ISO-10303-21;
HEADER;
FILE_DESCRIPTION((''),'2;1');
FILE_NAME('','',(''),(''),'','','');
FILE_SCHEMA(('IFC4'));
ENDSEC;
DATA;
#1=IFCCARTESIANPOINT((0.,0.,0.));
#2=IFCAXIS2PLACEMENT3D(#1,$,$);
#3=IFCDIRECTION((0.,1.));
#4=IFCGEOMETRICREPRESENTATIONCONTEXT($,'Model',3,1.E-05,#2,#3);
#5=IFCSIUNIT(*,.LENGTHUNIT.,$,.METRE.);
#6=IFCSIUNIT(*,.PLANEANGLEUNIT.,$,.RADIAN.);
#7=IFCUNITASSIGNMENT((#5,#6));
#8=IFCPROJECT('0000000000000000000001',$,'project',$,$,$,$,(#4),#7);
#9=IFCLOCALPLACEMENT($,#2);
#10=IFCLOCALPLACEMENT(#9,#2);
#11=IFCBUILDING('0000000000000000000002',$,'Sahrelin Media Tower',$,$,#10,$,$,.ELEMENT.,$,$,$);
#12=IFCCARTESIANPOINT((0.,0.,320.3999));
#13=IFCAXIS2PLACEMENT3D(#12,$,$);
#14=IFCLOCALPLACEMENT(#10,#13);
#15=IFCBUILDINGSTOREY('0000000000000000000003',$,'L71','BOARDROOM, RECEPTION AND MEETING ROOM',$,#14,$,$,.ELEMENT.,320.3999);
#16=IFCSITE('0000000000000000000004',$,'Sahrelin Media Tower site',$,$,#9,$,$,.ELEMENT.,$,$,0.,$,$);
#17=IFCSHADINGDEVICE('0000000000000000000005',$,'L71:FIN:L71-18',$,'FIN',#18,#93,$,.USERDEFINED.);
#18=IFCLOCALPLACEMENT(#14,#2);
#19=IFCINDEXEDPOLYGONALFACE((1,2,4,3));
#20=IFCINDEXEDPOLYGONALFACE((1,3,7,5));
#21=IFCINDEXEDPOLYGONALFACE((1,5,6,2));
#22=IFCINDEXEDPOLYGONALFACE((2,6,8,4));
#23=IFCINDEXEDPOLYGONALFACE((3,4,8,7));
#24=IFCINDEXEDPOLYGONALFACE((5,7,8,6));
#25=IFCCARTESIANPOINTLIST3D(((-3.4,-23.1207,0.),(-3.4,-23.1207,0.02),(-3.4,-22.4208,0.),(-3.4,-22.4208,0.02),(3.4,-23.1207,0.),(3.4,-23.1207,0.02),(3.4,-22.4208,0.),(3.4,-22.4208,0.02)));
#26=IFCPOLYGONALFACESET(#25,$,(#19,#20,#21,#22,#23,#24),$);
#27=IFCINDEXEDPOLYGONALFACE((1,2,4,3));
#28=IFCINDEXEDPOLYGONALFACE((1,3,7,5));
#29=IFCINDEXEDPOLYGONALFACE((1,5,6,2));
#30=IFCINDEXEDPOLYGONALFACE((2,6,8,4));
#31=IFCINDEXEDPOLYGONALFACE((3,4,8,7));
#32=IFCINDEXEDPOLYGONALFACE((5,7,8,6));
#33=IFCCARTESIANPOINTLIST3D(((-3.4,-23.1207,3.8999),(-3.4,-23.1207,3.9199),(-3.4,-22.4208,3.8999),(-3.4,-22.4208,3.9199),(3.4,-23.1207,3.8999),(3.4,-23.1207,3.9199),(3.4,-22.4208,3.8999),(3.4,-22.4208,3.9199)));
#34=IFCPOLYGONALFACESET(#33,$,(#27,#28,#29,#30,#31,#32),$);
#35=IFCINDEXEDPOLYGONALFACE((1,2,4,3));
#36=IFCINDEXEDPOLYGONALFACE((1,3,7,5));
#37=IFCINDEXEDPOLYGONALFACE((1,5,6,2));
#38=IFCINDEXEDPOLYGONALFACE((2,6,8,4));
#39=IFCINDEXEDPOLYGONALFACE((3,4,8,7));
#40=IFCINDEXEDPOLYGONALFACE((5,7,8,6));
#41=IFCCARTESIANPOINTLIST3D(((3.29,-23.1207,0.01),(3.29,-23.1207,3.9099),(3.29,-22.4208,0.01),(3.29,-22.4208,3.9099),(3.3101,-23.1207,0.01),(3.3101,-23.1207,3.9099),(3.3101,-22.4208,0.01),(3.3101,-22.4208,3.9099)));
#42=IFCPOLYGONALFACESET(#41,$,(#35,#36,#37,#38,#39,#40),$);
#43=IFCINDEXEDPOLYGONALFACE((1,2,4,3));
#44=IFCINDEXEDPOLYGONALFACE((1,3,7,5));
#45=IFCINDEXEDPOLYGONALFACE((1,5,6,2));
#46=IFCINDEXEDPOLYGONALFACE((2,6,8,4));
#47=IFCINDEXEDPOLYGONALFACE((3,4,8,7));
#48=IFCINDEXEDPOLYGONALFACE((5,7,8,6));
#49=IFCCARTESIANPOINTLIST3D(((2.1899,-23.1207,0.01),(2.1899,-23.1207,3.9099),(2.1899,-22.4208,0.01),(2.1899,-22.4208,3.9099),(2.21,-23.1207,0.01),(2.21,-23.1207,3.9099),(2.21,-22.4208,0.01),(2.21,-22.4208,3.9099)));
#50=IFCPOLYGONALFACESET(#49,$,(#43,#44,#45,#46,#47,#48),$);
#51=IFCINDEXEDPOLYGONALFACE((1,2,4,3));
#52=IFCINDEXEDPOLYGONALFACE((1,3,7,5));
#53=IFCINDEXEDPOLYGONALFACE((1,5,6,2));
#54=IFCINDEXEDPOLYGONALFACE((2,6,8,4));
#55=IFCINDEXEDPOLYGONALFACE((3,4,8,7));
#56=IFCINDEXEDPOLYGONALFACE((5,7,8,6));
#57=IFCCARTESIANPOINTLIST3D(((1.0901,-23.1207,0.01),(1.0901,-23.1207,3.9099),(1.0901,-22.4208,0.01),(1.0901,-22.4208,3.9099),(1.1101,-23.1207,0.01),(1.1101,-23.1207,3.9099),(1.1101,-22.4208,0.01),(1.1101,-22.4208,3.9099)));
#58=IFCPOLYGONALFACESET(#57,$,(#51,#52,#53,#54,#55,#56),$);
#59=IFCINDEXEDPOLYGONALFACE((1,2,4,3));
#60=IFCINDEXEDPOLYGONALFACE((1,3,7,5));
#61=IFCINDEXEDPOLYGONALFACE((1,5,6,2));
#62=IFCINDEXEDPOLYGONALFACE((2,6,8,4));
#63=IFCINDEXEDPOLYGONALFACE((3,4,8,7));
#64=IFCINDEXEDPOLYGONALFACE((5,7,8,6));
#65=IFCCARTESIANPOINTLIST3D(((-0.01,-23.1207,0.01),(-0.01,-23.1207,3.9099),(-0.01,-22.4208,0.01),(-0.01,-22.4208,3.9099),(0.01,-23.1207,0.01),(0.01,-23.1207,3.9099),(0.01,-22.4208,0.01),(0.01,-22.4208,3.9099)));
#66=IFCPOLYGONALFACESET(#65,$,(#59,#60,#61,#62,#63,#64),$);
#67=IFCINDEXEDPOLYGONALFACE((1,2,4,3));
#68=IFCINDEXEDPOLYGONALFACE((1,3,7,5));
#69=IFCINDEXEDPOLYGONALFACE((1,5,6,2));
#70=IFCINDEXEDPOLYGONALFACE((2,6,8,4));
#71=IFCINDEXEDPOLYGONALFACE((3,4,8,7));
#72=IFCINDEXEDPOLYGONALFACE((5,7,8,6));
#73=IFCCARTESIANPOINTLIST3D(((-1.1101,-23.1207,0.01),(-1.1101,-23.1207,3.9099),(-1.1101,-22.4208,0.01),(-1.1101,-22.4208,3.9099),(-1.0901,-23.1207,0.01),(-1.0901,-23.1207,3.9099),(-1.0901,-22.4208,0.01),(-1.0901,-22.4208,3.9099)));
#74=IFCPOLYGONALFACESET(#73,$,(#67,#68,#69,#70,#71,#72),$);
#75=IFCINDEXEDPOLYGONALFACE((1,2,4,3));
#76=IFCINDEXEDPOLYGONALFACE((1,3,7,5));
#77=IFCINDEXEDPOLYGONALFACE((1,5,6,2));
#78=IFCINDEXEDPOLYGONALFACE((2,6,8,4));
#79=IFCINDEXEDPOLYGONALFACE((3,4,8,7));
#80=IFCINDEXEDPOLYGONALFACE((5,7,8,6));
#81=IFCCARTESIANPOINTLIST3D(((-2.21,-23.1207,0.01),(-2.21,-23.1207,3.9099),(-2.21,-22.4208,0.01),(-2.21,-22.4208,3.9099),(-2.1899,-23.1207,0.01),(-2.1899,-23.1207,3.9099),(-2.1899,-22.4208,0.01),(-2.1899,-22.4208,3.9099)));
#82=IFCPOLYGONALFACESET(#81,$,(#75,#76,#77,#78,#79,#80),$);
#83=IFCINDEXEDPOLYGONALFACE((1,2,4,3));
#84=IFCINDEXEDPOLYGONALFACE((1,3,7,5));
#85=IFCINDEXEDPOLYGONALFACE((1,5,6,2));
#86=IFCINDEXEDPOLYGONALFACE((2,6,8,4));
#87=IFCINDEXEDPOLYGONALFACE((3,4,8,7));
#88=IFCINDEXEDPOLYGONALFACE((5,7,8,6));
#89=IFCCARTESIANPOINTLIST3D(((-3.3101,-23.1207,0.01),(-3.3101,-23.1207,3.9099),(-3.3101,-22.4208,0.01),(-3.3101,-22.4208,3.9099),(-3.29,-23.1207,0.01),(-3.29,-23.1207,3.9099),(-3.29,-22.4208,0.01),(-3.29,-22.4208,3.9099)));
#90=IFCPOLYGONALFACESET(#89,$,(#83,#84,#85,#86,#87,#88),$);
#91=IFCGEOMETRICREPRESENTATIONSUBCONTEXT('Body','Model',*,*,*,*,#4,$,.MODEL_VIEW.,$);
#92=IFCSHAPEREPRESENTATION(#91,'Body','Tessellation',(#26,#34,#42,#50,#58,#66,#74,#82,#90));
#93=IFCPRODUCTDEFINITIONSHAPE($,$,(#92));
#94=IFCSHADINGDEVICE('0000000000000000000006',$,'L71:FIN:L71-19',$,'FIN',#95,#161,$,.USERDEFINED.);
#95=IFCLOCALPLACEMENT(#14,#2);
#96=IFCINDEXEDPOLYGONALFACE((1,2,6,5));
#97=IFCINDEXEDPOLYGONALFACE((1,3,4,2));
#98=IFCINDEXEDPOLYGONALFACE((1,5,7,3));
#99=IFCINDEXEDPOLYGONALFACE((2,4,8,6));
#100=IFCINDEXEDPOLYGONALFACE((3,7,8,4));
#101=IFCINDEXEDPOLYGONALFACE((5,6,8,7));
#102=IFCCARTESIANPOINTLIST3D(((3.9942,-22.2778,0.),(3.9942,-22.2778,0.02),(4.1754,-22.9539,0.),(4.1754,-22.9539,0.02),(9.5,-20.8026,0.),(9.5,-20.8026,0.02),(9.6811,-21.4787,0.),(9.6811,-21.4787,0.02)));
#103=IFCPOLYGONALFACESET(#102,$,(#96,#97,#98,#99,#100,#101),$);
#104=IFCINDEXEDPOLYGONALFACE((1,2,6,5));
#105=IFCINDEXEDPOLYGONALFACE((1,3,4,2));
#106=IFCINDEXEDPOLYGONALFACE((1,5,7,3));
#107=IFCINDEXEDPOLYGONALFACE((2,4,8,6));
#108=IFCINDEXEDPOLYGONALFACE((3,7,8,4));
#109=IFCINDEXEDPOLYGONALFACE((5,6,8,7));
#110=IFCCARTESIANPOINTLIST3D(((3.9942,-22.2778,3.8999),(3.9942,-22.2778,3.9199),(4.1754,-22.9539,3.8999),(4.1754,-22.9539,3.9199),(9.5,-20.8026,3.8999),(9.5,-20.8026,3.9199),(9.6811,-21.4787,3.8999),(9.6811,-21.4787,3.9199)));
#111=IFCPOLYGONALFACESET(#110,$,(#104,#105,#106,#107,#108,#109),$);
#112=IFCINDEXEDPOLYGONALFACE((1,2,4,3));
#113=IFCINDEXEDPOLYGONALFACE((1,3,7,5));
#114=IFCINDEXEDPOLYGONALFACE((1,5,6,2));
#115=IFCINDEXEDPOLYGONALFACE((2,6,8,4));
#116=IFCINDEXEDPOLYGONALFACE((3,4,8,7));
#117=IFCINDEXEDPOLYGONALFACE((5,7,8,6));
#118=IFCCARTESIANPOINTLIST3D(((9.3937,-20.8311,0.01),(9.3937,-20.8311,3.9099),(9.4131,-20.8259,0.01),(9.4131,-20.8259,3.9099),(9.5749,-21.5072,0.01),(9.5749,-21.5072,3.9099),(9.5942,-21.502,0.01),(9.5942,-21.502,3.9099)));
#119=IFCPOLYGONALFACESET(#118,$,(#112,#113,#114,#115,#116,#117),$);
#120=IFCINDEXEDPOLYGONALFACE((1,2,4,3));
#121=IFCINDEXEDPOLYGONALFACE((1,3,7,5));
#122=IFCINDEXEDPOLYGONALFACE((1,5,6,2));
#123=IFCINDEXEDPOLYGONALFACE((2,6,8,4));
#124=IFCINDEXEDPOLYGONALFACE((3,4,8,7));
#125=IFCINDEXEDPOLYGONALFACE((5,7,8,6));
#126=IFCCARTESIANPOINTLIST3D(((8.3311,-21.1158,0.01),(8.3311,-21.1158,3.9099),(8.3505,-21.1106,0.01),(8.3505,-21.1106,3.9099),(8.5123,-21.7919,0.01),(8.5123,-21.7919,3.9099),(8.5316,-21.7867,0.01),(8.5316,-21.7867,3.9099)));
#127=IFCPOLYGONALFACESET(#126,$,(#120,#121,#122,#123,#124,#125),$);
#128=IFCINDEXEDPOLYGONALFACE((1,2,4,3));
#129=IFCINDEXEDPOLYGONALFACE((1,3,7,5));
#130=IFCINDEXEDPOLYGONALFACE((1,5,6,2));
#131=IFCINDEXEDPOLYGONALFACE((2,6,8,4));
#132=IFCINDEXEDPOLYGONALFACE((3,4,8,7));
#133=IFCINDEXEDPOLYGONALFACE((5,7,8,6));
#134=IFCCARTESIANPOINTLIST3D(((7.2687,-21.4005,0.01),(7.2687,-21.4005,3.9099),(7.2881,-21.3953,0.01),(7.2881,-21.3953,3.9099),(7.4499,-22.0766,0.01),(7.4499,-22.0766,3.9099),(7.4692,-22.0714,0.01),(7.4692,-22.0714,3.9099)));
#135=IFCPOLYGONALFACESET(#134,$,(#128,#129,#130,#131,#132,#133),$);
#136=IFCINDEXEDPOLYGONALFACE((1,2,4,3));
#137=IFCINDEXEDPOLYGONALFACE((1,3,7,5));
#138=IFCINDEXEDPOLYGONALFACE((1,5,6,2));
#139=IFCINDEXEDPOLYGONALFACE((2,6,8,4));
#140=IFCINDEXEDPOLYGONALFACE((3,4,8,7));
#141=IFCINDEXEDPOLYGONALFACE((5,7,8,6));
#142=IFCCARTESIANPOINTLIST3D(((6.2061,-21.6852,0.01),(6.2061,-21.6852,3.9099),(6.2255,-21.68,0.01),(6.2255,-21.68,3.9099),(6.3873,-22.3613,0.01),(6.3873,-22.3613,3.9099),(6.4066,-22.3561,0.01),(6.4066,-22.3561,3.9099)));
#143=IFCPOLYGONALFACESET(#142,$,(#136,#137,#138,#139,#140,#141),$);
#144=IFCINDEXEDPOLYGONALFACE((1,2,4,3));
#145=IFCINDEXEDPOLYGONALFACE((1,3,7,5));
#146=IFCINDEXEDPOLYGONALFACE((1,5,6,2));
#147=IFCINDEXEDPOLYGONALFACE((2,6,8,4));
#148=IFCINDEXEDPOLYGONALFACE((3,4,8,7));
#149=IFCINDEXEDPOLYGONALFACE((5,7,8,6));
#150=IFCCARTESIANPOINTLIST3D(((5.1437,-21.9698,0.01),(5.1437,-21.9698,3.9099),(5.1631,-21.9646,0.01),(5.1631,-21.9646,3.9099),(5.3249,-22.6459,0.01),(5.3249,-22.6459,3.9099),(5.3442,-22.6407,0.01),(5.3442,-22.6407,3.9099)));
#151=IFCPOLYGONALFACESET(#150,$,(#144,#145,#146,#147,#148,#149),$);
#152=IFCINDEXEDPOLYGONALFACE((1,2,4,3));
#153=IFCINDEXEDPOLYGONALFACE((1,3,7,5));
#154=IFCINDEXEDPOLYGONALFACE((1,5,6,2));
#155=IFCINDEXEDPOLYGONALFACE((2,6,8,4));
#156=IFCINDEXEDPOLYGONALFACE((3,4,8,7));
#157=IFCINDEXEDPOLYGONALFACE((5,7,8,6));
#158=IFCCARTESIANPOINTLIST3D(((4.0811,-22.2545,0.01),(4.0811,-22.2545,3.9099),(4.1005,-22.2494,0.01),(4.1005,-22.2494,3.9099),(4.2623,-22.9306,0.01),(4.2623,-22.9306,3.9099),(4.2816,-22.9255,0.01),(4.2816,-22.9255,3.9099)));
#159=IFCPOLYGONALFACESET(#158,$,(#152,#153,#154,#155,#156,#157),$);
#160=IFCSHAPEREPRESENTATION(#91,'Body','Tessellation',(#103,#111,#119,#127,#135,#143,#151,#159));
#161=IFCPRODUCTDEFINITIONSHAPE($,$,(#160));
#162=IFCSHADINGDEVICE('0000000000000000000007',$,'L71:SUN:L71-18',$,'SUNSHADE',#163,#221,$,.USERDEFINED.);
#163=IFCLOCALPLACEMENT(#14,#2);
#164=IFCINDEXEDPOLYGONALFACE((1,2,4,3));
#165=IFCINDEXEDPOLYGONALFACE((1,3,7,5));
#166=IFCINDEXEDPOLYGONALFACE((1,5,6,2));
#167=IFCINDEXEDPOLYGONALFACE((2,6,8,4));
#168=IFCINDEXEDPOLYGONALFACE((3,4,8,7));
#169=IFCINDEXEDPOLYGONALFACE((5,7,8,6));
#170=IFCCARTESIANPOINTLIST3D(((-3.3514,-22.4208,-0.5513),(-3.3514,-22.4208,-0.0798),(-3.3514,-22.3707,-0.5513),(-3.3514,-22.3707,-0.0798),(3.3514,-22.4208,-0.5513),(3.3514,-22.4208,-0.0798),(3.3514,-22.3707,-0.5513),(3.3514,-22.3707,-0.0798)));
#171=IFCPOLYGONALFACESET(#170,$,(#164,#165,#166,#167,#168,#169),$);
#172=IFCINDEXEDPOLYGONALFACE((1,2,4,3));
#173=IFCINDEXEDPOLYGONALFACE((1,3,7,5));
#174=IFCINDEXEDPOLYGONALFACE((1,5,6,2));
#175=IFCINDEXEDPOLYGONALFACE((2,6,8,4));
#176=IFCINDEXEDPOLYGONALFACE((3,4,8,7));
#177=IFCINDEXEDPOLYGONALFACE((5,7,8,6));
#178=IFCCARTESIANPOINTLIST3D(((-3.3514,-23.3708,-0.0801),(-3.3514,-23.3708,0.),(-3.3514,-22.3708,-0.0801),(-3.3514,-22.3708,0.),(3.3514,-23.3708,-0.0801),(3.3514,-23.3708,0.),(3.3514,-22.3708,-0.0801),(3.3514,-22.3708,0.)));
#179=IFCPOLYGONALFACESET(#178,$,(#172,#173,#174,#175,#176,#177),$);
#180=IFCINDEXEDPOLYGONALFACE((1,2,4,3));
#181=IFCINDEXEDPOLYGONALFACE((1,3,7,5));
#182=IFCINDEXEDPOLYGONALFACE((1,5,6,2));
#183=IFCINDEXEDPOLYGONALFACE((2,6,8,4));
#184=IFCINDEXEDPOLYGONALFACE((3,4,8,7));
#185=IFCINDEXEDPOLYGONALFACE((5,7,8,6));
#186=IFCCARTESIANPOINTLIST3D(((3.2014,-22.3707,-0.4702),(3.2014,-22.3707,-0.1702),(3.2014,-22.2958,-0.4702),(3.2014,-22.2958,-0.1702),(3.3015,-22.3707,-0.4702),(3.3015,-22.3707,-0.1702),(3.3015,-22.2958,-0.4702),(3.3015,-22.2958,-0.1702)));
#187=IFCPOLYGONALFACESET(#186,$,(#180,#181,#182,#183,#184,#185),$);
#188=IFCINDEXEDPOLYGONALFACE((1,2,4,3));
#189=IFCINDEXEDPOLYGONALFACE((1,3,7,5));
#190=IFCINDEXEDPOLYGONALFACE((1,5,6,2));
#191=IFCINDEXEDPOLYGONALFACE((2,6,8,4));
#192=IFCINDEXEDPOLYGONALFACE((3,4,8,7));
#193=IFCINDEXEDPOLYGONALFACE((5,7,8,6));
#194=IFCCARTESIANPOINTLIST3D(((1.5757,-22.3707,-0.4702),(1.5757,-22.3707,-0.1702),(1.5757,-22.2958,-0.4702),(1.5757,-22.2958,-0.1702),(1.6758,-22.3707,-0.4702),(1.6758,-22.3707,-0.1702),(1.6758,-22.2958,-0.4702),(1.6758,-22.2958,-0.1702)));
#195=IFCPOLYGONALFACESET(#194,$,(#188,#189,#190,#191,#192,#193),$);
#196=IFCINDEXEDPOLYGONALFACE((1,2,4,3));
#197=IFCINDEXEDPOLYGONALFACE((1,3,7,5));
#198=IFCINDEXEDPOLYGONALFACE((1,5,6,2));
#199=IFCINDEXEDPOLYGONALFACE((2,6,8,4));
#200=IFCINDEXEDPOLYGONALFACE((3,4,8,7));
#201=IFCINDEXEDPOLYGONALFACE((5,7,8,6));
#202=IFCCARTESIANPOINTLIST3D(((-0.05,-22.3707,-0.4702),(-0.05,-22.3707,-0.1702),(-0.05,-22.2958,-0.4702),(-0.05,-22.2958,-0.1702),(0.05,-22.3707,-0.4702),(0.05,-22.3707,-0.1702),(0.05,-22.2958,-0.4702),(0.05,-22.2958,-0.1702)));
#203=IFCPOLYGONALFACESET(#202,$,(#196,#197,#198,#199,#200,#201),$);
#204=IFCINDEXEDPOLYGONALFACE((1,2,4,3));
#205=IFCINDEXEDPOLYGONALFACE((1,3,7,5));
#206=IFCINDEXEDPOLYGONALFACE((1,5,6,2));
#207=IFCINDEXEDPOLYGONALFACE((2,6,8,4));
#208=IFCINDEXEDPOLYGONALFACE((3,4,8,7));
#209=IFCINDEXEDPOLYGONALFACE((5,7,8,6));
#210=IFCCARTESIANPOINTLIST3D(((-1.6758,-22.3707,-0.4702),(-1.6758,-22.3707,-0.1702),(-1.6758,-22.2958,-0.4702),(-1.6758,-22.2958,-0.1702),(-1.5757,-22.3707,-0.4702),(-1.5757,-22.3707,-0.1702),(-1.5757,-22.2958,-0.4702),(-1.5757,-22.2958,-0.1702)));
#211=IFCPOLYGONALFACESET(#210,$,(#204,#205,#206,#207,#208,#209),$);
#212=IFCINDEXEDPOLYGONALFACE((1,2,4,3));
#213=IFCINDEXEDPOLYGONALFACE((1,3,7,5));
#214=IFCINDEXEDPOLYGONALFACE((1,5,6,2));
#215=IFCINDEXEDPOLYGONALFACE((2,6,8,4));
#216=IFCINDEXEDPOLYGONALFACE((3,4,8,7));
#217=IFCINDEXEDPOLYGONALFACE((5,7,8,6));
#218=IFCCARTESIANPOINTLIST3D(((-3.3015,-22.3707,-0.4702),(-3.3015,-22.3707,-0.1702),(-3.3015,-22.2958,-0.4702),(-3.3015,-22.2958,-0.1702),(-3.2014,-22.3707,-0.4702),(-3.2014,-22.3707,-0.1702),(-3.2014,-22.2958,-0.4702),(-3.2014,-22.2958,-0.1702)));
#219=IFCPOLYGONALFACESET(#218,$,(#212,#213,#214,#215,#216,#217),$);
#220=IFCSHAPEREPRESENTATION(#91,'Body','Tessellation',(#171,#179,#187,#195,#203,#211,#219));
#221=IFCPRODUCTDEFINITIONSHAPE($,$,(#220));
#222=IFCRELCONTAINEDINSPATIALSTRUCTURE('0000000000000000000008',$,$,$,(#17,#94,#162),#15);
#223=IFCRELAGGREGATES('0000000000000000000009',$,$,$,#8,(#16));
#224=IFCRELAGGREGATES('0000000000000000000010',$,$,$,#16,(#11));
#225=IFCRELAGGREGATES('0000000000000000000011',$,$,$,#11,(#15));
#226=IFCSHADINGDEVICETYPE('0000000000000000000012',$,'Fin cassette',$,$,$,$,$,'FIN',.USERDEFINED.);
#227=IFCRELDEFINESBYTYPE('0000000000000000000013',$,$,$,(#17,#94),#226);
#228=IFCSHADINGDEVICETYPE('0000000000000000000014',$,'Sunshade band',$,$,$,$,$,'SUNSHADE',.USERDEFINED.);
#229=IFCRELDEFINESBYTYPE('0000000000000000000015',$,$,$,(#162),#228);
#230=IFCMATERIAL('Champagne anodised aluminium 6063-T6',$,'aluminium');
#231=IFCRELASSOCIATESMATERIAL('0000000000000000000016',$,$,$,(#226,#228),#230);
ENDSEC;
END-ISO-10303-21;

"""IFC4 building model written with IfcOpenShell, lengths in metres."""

from ifc_helpers import new_model, si_unit, direction, frame, origin, origin_2d, place, context, subcontext, project, spatial, rectangle, extrude, material, type_object, element, save


model = new_model("IFC4")

# Units and contexts
model_context = context("Model", 3, precision=1e-05, world=origin(), true_north=direction((0.0, 1.0)))
body_context = subcontext(model_context, "Body", "Model", "MODEL_VIEW")
ifc_project = project(units=[si_unit("LENGTHUNIT", "METRE"), si_unit("PLANEANGLEUNIT", "RADIAN")], contexts=[model_context])

# Site, building, storey
site_placement = place(None, origin())
site = spatial("IfcSite", under=ifc_project, at=site_placement, Name="Sahrelin Media Tower site", CompositionType="ELEMENT", RefElevation=0.0)
building_placement = place(site_placement, origin())
building = spatial("IfcBuilding", under=site, at=building_placement, Name="Sahrelin Media Tower", CompositionType="ELEMENT")
storey_placement = place(building_placement, frame((0.0, 0.0, 320.3999)))
storey = spatial("IfcBuildingStorey", under=building, at=storey_placement, Name="L71", Description="BOARDROOM, RECEPTION AND MEETING ROOM", CompositionType="ELEMENT", Elevation=320.3999)

# Shared definitions
ifc_material_1 = material(Name="Champagne anodised aluminium 6063-T6", Category="aluminium")

# Shading devices
shading_device_type_1 = type_object("IfcShadingDeviceType", Name="Fin cassette", ElementType="FIN", PredefinedType="USERDEFINED", material=ifc_material_1)
placement_1 = place(storey_placement, frame((0.0, -22.3508, 0.0), z_axis=(0.0, 0.0, 1.0), x_axis=(-1.0, 0.0, 0.0)))
element("IfcShadingDevice", 1, at=placement_1, inside=storey, type_object=shading_device_type_1, Name="L71:FIN:L71-18", ObjectType="FIN", PredefinedType="USERDEFINED", context=body_context, shape_type="SweptSolid", body=[
    extrude(rectangle(XDim=6.8, YDim=0.7, at=origin_2d()), frame((0.0, 0.4199, 0.0)), (0.0, 0.0, 1.0), 0.02),
    extrude(rectangle(XDim=6.8, YDim=0.7, at=origin_2d()), frame((0.0, 0.4199, 3.8999)), (0.0, 0.0, 1.0), 0.02),
    extrude(rectangle(XDim=0.02, YDim=0.7, at=origin_2d()), frame((-3.3, 0.4199, 0.01), z_axis=(0.0, 0.0, 1.0), x_axis=(1.0, 0.0, 0.0)), (0.0, 0.0, 1.0), 3.8999),
    extrude(rectangle(XDim=0.02, YDim=0.7, at=origin_2d()), frame((-2.2, 0.4199, 0.01), z_axis=(0.0, 0.0, 1.0), x_axis=(1.0, 0.0, 0.0)), (0.0, 0.0, 1.0), 3.8999),
    extrude(rectangle(XDim=0.02, YDim=0.7, at=origin_2d()), frame((-1.1001, 0.4199, 0.01), z_axis=(0.0, 0.0, 1.0), x_axis=(1.0, 0.0, 0.0)), (0.0, 0.0, 1.0), 3.8999),
    extrude(rectangle(XDim=0.02, YDim=0.7, at=origin_2d()), frame((0.0, 0.4199, 0.01), z_axis=(0.0, 0.0, 1.0), x_axis=(1.0, 0.0, 0.0)), (0.0, 0.0, 1.0), 3.8999),
    extrude(rectangle(XDim=0.02, YDim=0.7, at=origin_2d()), frame((1.1001, 0.4199, 0.01), z_axis=(0.0, 0.0, 1.0), x_axis=(1.0, 0.0, 0.0)), (0.0, 0.0, 1.0), 3.8999),
    extrude(rectangle(XDim=0.02, YDim=0.7, at=origin_2d()), frame((2.2, 0.4199, 0.01), z_axis=(0.0, 0.0, 1.0), x_axis=(1.0, 0.0, 0.0)), (0.0, 0.0, 1.0), 3.8999),
    extrude(rectangle(XDim=0.02, YDim=0.7, at=origin_2d()), frame((3.3, 0.4199, 0.01), z_axis=(0.0, 0.0, 1.0), x_axis=(1.0, 0.0, 0.0)), (0.0, 0.0, 1.0), 3.8999),
])
placement_2 = place(storey_placement, frame((6.729, -21.4727, 0.0), z_axis=(0.0, 0.0, 1.0), x_axis=(-0.965929, -0.258808, 0.0)))
element("IfcShadingDevice", 2, at=placement_2, inside=storey, type_object=shading_device_type_1, Name="L71:FIN:L71-19", ObjectType="FIN", PredefinedType="USERDEFINED", context=body_context, shape_type="SweptSolid", body=[
    extrude(rectangle(XDim=5.7, YDim=0.7, at=origin_2d()), frame((0.0, 0.4199, 0.0)), (0.0, 0.0, 1.0), 0.02),
    extrude(rectangle(XDim=5.7, YDim=0.7, at=origin_2d()), frame((0.0, 0.4199, 3.8999)), (0.0, 0.0, 1.0), 0.02),
    extrude(rectangle(XDim=0.02, YDim=0.7, at=origin_2d()), frame((-2.75, 0.4199, 0.01), z_axis=(0.0, 0.0, 1.0), x_axis=(1.0, 0.0, 0.0)), (0.0, 0.0, 1.0), 3.8999),
    extrude(rectangle(XDim=0.02, YDim=0.7, at=origin_2d()), frame((-1.6499, 0.4199, 0.01), z_axis=(0.0, 0.0, 1.0), x_axis=(1.0, 0.0, 0.0)), (0.0, 0.0, 1.0), 3.8999),
    extrude(rectangle(XDim=0.02, YDim=0.7, at=origin_2d()), frame((-0.55, 0.4199, 0.01), z_axis=(0.0, 0.0, 1.0), x_axis=(1.0, 0.0, 0.0)), (0.0, 0.0, 1.0), 3.8999),
    extrude(rectangle(XDim=0.02, YDim=0.7, at=origin_2d()), frame((0.55, 0.4199, 0.01), z_axis=(0.0, 0.0, 1.0), x_axis=(1.0, 0.0, 0.0)), (0.0, 0.0, 1.0), 3.8999),
    extrude(rectangle(XDim=0.02, YDim=0.7, at=origin_2d()), frame((1.6499, 0.4199, 0.01), z_axis=(0.0, 0.0, 1.0), x_axis=(1.0, 0.0, 0.0)), (0.0, 0.0, 1.0), 3.8999),
    extrude(rectangle(XDim=0.02, YDim=0.7, at=origin_2d()), frame((2.75, 0.4199, 0.01), z_axis=(0.0, 0.0, 1.0), x_axis=(1.0, 0.0, 0.0)), (0.0, 0.0, 1.0), 3.8999),
])
shading_device_type_2 = type_object("IfcShadingDeviceType", Name="Sunshade band", ElementType="SUNSHADE", PredefinedType="USERDEFINED", material=ifc_material_1)
element("IfcShadingDevice", 3, at=placement_1, inside=storey, type_object=shading_device_type_2, Name="L71:SUN:L71-18", ObjectType="SUNSHADE", PredefinedType="USERDEFINED", context=body_context, shape_type="SweptSolid", body=[
    extrude(rectangle(XDim=6.7029, YDim=0.05, at=origin_2d()), frame((0.0, 0.0449, -0.5513)), (0.0, 0.0, 1.0), 0.4714),
    extrude(rectangle(XDim=6.7029, YDim=1.0, at=origin_2d()), frame((0.0, 0.52, -0.0801)), (0.0, 0.0, 1.0), 0.0801),
    extrude(rectangle(XDim=0.1001, YDim=0.075, at=origin_2d()), frame((-3.2515, -0.0176, -0.4702)), (0.0, 0.0, 1.0), 0.3),
    extrude(rectangle(XDim=0.1001, YDim=0.075, at=origin_2d()), frame((-1.6257, -0.0176, -0.4702)), (0.0, 0.0, 1.0), 0.3),
    extrude(rectangle(XDim=0.1001, YDim=0.075, at=origin_2d()), frame((0.0, -0.0176, -0.4702)), (0.0, 0.0, 1.0), 0.3),
    extrude(rectangle(XDim=0.1001, YDim=0.075, at=origin_2d()), frame((1.6257, -0.0176, -0.4702)), (0.0, 0.0, 1.0), 0.3),
    extrude(rectangle(XDim=0.1001, YDim=0.075, at=origin_2d()), frame((3.2515, -0.0176, -0.4702)), (0.0, 0.0, 1.0), 0.3),
])

save(model, "model.ifc")
